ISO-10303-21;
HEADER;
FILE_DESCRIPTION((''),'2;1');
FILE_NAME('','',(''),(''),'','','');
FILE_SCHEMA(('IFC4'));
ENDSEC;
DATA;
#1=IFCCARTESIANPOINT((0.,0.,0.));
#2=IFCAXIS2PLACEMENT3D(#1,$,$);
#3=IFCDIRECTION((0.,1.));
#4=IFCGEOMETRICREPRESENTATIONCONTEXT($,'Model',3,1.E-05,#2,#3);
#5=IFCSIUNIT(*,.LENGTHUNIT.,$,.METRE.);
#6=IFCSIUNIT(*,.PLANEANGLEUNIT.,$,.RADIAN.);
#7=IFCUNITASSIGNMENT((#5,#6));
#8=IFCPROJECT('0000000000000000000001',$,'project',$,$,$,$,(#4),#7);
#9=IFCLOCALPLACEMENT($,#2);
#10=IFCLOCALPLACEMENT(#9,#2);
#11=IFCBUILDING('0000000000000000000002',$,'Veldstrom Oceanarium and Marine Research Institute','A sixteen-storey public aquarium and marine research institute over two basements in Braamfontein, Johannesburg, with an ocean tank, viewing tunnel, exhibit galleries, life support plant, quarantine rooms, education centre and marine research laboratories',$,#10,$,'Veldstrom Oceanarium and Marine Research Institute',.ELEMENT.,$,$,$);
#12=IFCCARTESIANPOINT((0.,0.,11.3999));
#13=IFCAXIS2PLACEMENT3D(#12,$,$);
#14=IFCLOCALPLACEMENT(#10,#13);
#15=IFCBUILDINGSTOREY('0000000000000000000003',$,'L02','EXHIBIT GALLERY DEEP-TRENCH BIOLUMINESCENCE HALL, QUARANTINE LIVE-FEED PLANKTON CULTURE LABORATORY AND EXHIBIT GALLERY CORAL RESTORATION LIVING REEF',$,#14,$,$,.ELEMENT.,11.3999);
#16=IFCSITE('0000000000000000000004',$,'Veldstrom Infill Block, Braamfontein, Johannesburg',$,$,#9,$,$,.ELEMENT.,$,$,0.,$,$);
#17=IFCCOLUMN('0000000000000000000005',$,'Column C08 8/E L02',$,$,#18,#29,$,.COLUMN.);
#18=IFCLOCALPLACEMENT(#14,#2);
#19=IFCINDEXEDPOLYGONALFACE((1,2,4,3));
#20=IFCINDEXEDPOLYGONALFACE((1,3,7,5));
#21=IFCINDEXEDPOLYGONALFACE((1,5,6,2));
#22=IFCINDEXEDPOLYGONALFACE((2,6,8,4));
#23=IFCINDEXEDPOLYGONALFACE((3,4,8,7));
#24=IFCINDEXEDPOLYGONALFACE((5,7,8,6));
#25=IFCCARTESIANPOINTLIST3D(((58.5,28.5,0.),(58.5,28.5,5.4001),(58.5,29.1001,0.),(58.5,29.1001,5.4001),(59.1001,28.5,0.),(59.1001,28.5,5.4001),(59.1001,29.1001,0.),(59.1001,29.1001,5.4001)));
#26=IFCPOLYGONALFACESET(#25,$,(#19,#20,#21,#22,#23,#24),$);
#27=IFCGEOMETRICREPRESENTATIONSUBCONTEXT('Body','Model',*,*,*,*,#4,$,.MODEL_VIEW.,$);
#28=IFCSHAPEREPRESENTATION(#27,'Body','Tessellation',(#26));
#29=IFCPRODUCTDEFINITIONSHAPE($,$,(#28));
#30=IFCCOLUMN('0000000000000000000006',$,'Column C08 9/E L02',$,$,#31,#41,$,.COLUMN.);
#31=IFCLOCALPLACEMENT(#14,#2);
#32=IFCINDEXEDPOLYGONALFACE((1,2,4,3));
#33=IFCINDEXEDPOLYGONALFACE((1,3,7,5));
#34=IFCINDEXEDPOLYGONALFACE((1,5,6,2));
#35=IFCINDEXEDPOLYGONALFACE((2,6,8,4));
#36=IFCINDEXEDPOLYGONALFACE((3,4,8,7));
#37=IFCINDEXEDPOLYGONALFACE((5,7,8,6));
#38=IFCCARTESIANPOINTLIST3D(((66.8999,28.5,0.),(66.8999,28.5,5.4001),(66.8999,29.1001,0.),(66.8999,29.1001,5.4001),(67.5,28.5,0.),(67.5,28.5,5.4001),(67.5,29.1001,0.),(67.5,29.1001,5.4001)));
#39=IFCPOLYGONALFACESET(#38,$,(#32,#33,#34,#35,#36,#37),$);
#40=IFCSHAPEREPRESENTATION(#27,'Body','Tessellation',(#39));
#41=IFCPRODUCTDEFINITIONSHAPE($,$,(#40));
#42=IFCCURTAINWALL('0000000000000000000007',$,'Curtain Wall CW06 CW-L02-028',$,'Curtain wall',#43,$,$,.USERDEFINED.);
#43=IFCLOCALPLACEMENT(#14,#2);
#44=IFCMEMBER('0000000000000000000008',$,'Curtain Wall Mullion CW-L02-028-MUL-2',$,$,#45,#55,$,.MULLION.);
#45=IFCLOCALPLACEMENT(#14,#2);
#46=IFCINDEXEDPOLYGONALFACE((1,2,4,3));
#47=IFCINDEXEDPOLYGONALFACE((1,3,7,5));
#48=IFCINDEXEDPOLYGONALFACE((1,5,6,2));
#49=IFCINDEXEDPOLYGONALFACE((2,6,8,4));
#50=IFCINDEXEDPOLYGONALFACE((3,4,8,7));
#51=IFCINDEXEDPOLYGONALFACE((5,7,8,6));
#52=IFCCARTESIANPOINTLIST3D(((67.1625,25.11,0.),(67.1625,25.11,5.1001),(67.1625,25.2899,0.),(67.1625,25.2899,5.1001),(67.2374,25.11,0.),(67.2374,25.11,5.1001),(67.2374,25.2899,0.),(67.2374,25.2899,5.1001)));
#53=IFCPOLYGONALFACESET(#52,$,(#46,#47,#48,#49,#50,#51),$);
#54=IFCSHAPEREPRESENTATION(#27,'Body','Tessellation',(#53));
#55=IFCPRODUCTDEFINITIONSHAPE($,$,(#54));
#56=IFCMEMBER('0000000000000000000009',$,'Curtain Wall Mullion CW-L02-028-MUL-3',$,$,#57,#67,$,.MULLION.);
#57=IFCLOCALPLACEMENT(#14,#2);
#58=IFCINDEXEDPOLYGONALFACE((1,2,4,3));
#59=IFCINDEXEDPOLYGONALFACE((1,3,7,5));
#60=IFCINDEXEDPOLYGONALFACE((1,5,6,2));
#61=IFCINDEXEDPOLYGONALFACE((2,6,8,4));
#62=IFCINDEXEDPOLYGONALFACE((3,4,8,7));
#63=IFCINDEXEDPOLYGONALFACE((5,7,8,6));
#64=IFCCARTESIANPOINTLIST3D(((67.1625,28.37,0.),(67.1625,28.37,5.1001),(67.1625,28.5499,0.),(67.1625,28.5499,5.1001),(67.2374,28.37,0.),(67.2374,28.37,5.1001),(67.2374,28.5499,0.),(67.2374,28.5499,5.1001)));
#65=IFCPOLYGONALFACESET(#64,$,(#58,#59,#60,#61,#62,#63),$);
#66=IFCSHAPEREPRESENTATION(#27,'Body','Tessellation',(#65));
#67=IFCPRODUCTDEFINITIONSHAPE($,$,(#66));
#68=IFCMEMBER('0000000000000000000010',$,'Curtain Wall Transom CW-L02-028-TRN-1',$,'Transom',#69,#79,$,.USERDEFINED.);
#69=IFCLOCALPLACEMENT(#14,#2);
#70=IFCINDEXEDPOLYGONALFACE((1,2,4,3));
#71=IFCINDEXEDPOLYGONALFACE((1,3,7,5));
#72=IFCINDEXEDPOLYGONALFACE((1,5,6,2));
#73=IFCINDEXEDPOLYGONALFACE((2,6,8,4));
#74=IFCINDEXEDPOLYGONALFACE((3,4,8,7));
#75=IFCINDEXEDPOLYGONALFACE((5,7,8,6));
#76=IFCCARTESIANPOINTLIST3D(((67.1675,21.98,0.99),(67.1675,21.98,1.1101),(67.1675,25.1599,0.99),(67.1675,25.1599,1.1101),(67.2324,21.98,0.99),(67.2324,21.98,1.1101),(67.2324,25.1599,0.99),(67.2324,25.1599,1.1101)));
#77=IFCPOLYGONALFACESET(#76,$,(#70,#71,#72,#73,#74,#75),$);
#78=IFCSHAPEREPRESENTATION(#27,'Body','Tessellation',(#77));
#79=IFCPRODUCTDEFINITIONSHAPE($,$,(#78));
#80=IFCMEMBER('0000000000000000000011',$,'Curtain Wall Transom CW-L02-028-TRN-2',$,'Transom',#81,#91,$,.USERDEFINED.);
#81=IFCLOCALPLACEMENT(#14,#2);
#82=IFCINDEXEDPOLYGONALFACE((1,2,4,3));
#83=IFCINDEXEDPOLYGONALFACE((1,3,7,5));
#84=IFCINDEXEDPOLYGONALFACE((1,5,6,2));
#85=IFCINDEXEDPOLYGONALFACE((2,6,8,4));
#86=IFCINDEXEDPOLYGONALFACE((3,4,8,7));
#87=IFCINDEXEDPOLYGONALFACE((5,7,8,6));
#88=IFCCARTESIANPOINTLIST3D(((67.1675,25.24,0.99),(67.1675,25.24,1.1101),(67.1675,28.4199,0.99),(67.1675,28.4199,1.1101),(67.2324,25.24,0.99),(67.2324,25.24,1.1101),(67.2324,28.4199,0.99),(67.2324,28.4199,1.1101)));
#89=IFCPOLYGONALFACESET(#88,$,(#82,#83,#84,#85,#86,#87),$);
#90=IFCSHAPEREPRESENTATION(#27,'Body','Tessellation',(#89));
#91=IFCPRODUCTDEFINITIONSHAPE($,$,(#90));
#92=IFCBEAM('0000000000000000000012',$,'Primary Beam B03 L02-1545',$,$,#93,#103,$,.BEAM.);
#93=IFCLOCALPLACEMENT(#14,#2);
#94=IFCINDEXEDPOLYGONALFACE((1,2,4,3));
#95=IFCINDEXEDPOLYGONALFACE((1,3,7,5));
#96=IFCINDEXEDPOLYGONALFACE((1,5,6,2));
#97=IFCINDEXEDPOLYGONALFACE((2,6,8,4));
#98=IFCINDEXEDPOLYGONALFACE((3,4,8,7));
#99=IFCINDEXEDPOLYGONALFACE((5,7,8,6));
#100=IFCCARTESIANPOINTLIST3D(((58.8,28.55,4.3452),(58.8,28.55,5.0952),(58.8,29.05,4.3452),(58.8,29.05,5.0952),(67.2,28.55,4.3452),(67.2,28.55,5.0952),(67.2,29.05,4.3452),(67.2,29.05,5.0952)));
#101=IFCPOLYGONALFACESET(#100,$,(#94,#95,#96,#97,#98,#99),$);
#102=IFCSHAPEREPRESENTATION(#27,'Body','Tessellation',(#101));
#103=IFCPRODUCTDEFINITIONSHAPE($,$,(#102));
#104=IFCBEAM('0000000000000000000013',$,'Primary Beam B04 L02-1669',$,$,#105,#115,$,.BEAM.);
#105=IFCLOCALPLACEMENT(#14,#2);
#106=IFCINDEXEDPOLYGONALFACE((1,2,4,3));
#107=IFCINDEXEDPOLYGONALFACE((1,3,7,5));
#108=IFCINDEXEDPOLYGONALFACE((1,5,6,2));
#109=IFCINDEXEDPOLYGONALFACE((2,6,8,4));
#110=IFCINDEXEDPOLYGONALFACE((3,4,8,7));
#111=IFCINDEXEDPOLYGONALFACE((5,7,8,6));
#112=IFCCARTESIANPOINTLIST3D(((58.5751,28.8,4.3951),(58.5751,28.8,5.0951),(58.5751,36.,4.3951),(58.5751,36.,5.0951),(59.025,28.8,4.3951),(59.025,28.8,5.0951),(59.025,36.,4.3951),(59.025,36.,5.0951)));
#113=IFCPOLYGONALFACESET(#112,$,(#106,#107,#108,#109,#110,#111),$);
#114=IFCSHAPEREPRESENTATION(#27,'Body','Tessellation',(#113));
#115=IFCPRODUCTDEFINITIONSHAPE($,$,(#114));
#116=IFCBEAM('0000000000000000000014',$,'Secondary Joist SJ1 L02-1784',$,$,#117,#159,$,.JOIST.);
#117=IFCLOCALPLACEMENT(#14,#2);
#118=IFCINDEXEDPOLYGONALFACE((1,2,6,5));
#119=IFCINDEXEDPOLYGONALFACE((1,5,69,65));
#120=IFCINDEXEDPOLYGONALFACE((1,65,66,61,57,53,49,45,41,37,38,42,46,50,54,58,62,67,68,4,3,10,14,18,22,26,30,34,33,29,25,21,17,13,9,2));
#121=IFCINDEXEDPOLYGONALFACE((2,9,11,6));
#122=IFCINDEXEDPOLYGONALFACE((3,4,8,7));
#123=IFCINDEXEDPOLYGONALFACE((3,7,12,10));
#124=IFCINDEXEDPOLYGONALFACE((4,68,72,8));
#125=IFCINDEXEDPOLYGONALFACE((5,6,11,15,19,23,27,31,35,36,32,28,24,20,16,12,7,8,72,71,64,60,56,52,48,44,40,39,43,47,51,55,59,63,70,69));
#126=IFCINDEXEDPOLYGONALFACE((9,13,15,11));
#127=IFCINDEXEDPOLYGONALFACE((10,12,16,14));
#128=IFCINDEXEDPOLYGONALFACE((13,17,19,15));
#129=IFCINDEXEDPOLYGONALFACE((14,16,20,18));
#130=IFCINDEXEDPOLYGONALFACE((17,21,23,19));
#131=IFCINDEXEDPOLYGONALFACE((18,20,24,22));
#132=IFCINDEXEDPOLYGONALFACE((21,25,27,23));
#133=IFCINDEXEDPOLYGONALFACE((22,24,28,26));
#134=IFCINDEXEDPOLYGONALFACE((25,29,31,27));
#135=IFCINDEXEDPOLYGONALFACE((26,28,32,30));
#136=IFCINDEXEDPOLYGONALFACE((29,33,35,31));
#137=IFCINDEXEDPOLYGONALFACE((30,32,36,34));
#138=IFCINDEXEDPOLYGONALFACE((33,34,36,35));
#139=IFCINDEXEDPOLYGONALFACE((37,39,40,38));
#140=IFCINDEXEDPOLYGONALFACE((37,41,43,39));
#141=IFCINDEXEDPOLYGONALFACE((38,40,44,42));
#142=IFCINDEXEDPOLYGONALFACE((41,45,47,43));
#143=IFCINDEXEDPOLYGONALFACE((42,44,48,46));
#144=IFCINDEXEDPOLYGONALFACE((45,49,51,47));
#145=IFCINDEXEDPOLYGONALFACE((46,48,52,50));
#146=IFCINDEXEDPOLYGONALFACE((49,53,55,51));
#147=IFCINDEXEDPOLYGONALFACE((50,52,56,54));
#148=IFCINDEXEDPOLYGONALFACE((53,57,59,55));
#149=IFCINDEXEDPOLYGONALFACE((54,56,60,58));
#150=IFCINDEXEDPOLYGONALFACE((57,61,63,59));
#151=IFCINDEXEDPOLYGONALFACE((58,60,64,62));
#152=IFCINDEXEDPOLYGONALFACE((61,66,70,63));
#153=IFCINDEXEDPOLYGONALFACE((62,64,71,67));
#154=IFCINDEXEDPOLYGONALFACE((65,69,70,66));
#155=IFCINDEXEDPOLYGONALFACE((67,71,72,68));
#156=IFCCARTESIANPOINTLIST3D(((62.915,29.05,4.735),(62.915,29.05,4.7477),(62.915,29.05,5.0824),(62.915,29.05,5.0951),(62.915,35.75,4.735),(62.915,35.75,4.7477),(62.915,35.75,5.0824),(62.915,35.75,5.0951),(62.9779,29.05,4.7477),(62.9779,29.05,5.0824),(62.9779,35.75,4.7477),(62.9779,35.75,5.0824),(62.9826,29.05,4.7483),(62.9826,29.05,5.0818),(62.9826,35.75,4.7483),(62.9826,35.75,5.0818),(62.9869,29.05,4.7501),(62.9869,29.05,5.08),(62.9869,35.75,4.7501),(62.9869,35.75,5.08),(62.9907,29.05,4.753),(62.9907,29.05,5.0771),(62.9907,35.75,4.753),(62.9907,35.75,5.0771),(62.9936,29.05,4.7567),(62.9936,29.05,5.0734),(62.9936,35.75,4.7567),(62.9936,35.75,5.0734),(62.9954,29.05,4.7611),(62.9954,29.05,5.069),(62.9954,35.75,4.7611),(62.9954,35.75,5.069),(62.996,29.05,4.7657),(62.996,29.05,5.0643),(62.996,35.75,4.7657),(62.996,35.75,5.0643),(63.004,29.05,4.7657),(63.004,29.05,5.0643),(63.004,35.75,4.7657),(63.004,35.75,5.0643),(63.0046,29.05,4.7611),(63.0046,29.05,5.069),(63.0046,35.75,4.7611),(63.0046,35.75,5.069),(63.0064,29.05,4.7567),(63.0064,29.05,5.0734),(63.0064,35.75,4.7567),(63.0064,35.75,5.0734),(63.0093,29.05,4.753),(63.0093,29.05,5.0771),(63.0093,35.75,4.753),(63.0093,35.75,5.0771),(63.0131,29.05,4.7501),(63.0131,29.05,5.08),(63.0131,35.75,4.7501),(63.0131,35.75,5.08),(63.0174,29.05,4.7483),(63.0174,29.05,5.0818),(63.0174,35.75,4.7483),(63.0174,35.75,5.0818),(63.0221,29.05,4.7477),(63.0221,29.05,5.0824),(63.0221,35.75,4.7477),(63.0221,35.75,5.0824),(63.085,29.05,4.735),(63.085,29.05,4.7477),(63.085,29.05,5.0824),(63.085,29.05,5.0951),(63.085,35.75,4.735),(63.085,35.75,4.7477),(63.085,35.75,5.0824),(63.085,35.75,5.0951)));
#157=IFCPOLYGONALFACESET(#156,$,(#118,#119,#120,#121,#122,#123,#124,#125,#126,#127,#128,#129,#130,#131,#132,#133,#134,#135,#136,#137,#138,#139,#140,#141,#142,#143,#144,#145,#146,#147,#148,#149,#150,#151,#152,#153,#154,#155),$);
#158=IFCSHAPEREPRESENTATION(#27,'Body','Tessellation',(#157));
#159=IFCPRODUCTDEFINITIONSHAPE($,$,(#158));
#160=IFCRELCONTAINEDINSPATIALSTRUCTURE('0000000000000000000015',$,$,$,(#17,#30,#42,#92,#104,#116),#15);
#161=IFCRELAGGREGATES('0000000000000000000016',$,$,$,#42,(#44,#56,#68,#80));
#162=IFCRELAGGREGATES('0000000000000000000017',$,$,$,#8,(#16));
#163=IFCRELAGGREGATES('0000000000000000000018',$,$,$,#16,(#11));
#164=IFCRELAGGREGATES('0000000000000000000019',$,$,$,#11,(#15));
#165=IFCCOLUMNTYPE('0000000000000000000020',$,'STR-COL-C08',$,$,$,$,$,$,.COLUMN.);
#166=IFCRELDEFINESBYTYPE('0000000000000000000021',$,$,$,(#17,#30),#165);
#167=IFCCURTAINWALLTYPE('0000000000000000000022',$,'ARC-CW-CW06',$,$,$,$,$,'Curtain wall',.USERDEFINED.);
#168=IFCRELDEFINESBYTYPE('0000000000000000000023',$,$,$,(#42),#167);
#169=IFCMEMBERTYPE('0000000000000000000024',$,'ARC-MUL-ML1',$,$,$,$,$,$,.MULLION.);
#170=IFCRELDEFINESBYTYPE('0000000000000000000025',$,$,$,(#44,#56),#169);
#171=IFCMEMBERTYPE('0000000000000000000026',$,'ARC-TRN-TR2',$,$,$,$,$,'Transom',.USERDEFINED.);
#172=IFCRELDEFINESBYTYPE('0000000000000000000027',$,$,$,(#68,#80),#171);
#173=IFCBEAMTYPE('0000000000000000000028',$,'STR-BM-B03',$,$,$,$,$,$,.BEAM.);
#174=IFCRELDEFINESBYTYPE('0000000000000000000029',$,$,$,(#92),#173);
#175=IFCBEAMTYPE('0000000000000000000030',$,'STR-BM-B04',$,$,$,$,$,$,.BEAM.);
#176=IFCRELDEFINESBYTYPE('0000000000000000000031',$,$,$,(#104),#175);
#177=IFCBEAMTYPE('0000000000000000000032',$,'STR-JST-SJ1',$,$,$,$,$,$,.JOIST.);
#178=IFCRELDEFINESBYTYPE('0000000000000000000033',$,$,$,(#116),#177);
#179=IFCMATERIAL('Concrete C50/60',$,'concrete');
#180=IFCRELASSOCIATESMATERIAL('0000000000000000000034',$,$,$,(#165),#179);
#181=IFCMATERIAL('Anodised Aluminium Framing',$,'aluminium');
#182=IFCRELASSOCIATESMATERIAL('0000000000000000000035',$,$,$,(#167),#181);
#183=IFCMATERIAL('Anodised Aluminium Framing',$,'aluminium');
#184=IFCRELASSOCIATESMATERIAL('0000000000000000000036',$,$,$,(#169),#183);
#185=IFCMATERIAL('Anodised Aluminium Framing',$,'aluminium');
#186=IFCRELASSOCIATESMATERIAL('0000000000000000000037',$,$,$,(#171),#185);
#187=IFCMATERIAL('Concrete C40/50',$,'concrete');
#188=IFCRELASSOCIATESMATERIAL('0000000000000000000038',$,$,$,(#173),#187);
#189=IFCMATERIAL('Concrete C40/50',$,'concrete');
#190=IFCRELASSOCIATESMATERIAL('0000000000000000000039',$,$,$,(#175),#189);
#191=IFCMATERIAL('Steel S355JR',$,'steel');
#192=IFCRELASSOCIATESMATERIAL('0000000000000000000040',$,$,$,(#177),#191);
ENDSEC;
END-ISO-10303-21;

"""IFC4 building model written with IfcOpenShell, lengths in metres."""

from ifc_helpers import new_model, si_unit, direction, frame, origin, origin_2d, place, context, subcontext, project, spatial, rectangle, i_section, extrude, material, material_profile, profile_set, type_object, element, aggregate, save


model = new_model("IFC4")

# Units and contexts
model_context = context("Model", 3, precision=1e-05, world=origin(), true_north=direction((0.0, 1.0)))
body_context = subcontext(model_context, "Body", "Model", "MODEL_VIEW")
ifc_project = project(units=[si_unit("LENGTHUNIT", "METRE"), si_unit("PLANEANGLEUNIT", "RADIAN")], contexts=[model_context])

# Site, building, storey
site_placement = place(None, origin())
site = spatial("IfcSite", under=ifc_project, at=site_placement, Name="Veldstrom Infill Block, Braamfontein, Johannesburg", CompositionType="ELEMENT", RefElevation=0.0)
building_placement = place(site_placement, origin())
building = spatial("IfcBuilding", under=site, at=building_placement, Name="Veldstrom Oceanarium and Marine Research Institute", Description="A sixteen-storey public aquarium and marine research institute over two basements in Braamfontein, Johannesburg, with an ocean tank, viewing tunnel, exhibit galleries, life support plant, quarantine rooms, education centre and marine research laboratories", LongName="Veldstrom Oceanarium and Marine Research Institute", CompositionType="ELEMENT")
storey_placement = place(building_placement, frame((0.0, 0.0, 11.3999)))
storey = spatial("IfcBuildingStorey", under=building, at=storey_placement, Name="L02", Description="EXHIBIT GALLERY DEEP-TRENCH BIOLUMINESCENCE HALL, QUARANTINE LIVE-FEED PLANKTON CULTURE LABORATORY AND EXHIBIT GALLERY CORAL RESTORATION LIVING REEF", CompositionType="ELEMENT", Elevation=11.3999)

# Columns
ifc_material_1 = material(Name="Concrete C50/60", Category="concrete")
ifc_material_profile_1 = material_profile(ifc_material_1, rectangle(XDim=0.6001, YDim=0.6001, at=origin_2d()), Name="RC-COL-600x600")
ifc_profile_set_1 = profile_set([ifc_material_profile_1], Name="Concrete C50/60")
column_type = type_object("IfcColumnType", Name="STR-COL-C08", PredefinedType="COLUMN", material=ifc_profile_set_1)
for number, where, z_axis, x_axis, name in (
    (1, (58.8, 28.8, 0.0), (0.0, 0.0, 1.0), (1.0, 0.0, 0.0), "Column C08 8/E L02"),
    (2, (67.2, 28.8, 0.0), (0.0, 0.0, 1.0), (1.0, 0.0, 0.0), "Column C08 9/E L02"),
):
    element("IfcColumn", number, at=place(storey_placement, frame(where, z_axis=z_axis, x_axis=x_axis)), inside=storey, type_object=column_type, Name=name, PredefinedType="COLUMN", context=body_context, shape_type="SweptSolid", body=[
        extrude(rectangle(XDim=0.6001, YDim=0.6001, at=origin_2d()), origin(), (0.0, 0.0, 1.0), 5.4001),
    ])

# Curtain wall, members
ifc_material_2 = material(Name="Anodised Aluminium Framing", Category="aluminium")
curtain_wall_type = type_object("IfcCurtainWallType", Name="ARC-CW-CW06", ElementType="Curtain wall", PredefinedType="USERDEFINED", material=ifc_material_2)
curtain_wall_placement = place(storey_placement, origin())
curtain_wall = element("IfcCurtainWall", 3, at=curtain_wall_placement, inside=storey, type_object=curtain_wall_type, Name="Curtain Wall CW06 CW-L02-028", ObjectType="Curtain wall", PredefinedType="USERDEFINED")
ifc_material_3 = material(Name="Anodised Aluminium Framing", Category="aluminium")
ifc_material_profile_2 = material_profile(ifc_material_3, rectangle(XDim=0.075, YDim=0.1799, at=origin_2d()), Name="ALU-MUL-75x180")
ifc_profile_set_2 = profile_set([ifc_material_profile_2], Name="Anodised Aluminium Framing")
member_type_1 = type_object("IfcMemberType", Name="ARC-MUL-ML1", PredefinedType="MULLION", material=ifc_profile_set_2)
member_1_placement = place(storey_placement, frame((67.2, 25.2, 0.0), z_axis=(0.0, 0.0, 1.0), x_axis=(1.0, 0.0, 0.0)))
member_1 = element("IfcMember", 4, at=member_1_placement, type_object=member_type_1, Name="Curtain Wall Mullion CW-L02-028-MUL-2", PredefinedType="MULLION", context=body_context, shape_type="SweptSolid", body=[
    extrude(rectangle(XDim=0.075, YDim=0.1799, at=origin_2d()), origin(), (0.0, 0.0, 1.0), 5.1001),
])
member_2_placement = place(storey_placement, frame((67.2, 28.46, 0.0), z_axis=(0.0, 0.0, 1.0), x_axis=(1.0, 0.0, 0.0)))
member_2 = element("IfcMember", 5, at=member_2_placement, type_object=member_type_1, Name="Curtain Wall Mullion CW-L02-028-MUL-3", PredefinedType="MULLION", context=body_context, shape_type="SweptSolid", body=[
    extrude(rectangle(XDim=0.075, YDim=0.1799, at=origin_2d()), origin(), (0.0, 0.0, 1.0), 5.1001),
])
ifc_material_4 = material(Name="Anodised Aluminium Framing", Category="aluminium")
ifc_material_profile_3 = material_profile(ifc_material_4, rectangle(XDim=0.0649, YDim=0.1201, at=origin_2d()), Name="ALU-TRN-65x120")
ifc_profile_set_3 = profile_set([ifc_material_profile_3], Name="Anodised Aluminium Framing")
member_type_2 = type_object("IfcMemberType", Name="ARC-TRN-TR2", ElementType="Transom", PredefinedType="USERDEFINED", material=ifc_profile_set_3)
member_3_placement = place(storey_placement, frame((67.2, 21.98, 1.05), z_axis=(0.0, 1.0, 0.0), x_axis=(-1.0, 0.0, 0.0)))
member_3 = element("IfcMember", 6, at=member_3_placement, type_object=member_type_2, Name="Curtain Wall Transom CW-L02-028-TRN-1", ObjectType="Transom", PredefinedType="USERDEFINED", context=body_context, shape_type="SweptSolid", body=[
    extrude(rectangle(XDim=0.0649, YDim=0.1201, at=origin_2d()), origin(), (0.0, 0.0, 1.0), 3.1799),
])
member_4_placement = place(storey_placement, frame((67.2, 25.24, 1.05), z_axis=(0.0, 1.0, 0.0), x_axis=(-1.0, 0.0, 0.0)))
member_4 = element("IfcMember", 7, at=member_4_placement, type_object=member_type_2, Name="Curtain Wall Transom CW-L02-028-TRN-2", ObjectType="Transom", PredefinedType="USERDEFINED", context=body_context, shape_type="SweptSolid", body=[
    extrude(rectangle(XDim=0.0649, YDim=0.1201, at=origin_2d()), origin(), (0.0, 0.0, 1.0), 3.1799),
])

# Beams
ifc_material_5 = material(Name="Concrete C40/50", Category="concrete")
ifc_material_profile_4 = material_profile(ifc_material_5, rectangle(XDim=0.5, YDim=0.75, at=origin_2d()), Name="RC-BM-500x750")
ifc_profile_set_4 = profile_set([ifc_material_profile_4], Name="Concrete C40/50")
beam_type_1 = type_object("IfcBeamType", Name="STR-BM-B03", PredefinedType="BEAM", material=ifc_profile_set_4)
beam_1_placement = place(storey_placement, frame((58.8, 28.8, 4.7202), z_axis=(1.0, 0.0, 0.0), x_axis=(0.0, 1.0, 0.0)))
element("IfcBeam", 8, at=beam_1_placement, inside=storey, type_object=beam_type_1, Name="Primary Beam B03 L02-1545", PredefinedType="BEAM", context=body_context, shape_type="SweptSolid", body=[
    extrude(rectangle(XDim=0.5, YDim=0.75, at=origin_2d()), origin(), (0.0, 0.0, 1.0), 8.3999),
])
ifc_material_6 = material(Name="Concrete C40/50", Category="concrete")
ifc_material_profile_5 = material_profile(ifc_material_6, rectangle(XDim=0.45, YDim=0.7, at=origin_2d()), Name="RC-BM-450x700")
ifc_profile_set_5 = profile_set([ifc_material_profile_5], Name="Concrete C40/50")
beam_type_2 = type_object("IfcBeamType", Name="STR-BM-B04", PredefinedType="BEAM", material=ifc_profile_set_5)
beam_2_placement = place(storey_placement, frame((58.8, 28.8, 4.7451), z_axis=(0.0, 1.0, 0.0), x_axis=(-1.0, 0.0, 0.0)))
element("IfcBeam", 9, at=beam_2_placement, inside=storey, type_object=beam_type_2, Name="Primary Beam B04 L02-1669", PredefinedType="BEAM", context=body_context, shape_type="SweptSolid", body=[
    extrude(rectangle(XDim=0.45, YDim=0.7, at=origin_2d()), origin(), (0.0, 0.0, 1.0), 7.2),
])
ifc_material_7 = material(Name="Steel S355JR", Category="steel")
ifc_material_profile_6 = material_profile(ifc_material_7, i_section(OverallWidth=0.1699, OverallDepth=0.3601, WebThickness=0.0081, FlangeThickness=0.0127, FilletRadius=0.0181, at=origin_2d()), Name="IPE 360")
ifc_profile_set_6 = profile_set([ifc_material_profile_6], Name="Steel S355JR")
beam_type_3 = type_object("IfcBeamType", Name="STR-JST-SJ1", PredefinedType="JOIST", material=ifc_profile_set_6)
beam_3_placement = place(storey_placement, frame((63.0, 29.05, 4.915), z_axis=(0.0, 1.0, 0.0), x_axis=(-1.0, 0.0, 0.0)))
element("IfcBeam", 10, at=beam_3_placement, inside=storey, type_object=beam_type_3, Name="Secondary Joist SJ1 L02-1784", PredefinedType="JOIST", context=body_context, shape_type="SweptSolid", body=[
    extrude(i_section(OverallWidth=0.1699, OverallDepth=0.3601, WebThickness=0.0081, FlangeThickness=0.0127, FilletRadius=0.0181, at=origin_2d()), origin(), (0.0, 0.0, 1.0), 6.7),
])

aggregate(curtain_wall, [member_1, member_2, member_3, member_4])

save(model, "model.ifc")
